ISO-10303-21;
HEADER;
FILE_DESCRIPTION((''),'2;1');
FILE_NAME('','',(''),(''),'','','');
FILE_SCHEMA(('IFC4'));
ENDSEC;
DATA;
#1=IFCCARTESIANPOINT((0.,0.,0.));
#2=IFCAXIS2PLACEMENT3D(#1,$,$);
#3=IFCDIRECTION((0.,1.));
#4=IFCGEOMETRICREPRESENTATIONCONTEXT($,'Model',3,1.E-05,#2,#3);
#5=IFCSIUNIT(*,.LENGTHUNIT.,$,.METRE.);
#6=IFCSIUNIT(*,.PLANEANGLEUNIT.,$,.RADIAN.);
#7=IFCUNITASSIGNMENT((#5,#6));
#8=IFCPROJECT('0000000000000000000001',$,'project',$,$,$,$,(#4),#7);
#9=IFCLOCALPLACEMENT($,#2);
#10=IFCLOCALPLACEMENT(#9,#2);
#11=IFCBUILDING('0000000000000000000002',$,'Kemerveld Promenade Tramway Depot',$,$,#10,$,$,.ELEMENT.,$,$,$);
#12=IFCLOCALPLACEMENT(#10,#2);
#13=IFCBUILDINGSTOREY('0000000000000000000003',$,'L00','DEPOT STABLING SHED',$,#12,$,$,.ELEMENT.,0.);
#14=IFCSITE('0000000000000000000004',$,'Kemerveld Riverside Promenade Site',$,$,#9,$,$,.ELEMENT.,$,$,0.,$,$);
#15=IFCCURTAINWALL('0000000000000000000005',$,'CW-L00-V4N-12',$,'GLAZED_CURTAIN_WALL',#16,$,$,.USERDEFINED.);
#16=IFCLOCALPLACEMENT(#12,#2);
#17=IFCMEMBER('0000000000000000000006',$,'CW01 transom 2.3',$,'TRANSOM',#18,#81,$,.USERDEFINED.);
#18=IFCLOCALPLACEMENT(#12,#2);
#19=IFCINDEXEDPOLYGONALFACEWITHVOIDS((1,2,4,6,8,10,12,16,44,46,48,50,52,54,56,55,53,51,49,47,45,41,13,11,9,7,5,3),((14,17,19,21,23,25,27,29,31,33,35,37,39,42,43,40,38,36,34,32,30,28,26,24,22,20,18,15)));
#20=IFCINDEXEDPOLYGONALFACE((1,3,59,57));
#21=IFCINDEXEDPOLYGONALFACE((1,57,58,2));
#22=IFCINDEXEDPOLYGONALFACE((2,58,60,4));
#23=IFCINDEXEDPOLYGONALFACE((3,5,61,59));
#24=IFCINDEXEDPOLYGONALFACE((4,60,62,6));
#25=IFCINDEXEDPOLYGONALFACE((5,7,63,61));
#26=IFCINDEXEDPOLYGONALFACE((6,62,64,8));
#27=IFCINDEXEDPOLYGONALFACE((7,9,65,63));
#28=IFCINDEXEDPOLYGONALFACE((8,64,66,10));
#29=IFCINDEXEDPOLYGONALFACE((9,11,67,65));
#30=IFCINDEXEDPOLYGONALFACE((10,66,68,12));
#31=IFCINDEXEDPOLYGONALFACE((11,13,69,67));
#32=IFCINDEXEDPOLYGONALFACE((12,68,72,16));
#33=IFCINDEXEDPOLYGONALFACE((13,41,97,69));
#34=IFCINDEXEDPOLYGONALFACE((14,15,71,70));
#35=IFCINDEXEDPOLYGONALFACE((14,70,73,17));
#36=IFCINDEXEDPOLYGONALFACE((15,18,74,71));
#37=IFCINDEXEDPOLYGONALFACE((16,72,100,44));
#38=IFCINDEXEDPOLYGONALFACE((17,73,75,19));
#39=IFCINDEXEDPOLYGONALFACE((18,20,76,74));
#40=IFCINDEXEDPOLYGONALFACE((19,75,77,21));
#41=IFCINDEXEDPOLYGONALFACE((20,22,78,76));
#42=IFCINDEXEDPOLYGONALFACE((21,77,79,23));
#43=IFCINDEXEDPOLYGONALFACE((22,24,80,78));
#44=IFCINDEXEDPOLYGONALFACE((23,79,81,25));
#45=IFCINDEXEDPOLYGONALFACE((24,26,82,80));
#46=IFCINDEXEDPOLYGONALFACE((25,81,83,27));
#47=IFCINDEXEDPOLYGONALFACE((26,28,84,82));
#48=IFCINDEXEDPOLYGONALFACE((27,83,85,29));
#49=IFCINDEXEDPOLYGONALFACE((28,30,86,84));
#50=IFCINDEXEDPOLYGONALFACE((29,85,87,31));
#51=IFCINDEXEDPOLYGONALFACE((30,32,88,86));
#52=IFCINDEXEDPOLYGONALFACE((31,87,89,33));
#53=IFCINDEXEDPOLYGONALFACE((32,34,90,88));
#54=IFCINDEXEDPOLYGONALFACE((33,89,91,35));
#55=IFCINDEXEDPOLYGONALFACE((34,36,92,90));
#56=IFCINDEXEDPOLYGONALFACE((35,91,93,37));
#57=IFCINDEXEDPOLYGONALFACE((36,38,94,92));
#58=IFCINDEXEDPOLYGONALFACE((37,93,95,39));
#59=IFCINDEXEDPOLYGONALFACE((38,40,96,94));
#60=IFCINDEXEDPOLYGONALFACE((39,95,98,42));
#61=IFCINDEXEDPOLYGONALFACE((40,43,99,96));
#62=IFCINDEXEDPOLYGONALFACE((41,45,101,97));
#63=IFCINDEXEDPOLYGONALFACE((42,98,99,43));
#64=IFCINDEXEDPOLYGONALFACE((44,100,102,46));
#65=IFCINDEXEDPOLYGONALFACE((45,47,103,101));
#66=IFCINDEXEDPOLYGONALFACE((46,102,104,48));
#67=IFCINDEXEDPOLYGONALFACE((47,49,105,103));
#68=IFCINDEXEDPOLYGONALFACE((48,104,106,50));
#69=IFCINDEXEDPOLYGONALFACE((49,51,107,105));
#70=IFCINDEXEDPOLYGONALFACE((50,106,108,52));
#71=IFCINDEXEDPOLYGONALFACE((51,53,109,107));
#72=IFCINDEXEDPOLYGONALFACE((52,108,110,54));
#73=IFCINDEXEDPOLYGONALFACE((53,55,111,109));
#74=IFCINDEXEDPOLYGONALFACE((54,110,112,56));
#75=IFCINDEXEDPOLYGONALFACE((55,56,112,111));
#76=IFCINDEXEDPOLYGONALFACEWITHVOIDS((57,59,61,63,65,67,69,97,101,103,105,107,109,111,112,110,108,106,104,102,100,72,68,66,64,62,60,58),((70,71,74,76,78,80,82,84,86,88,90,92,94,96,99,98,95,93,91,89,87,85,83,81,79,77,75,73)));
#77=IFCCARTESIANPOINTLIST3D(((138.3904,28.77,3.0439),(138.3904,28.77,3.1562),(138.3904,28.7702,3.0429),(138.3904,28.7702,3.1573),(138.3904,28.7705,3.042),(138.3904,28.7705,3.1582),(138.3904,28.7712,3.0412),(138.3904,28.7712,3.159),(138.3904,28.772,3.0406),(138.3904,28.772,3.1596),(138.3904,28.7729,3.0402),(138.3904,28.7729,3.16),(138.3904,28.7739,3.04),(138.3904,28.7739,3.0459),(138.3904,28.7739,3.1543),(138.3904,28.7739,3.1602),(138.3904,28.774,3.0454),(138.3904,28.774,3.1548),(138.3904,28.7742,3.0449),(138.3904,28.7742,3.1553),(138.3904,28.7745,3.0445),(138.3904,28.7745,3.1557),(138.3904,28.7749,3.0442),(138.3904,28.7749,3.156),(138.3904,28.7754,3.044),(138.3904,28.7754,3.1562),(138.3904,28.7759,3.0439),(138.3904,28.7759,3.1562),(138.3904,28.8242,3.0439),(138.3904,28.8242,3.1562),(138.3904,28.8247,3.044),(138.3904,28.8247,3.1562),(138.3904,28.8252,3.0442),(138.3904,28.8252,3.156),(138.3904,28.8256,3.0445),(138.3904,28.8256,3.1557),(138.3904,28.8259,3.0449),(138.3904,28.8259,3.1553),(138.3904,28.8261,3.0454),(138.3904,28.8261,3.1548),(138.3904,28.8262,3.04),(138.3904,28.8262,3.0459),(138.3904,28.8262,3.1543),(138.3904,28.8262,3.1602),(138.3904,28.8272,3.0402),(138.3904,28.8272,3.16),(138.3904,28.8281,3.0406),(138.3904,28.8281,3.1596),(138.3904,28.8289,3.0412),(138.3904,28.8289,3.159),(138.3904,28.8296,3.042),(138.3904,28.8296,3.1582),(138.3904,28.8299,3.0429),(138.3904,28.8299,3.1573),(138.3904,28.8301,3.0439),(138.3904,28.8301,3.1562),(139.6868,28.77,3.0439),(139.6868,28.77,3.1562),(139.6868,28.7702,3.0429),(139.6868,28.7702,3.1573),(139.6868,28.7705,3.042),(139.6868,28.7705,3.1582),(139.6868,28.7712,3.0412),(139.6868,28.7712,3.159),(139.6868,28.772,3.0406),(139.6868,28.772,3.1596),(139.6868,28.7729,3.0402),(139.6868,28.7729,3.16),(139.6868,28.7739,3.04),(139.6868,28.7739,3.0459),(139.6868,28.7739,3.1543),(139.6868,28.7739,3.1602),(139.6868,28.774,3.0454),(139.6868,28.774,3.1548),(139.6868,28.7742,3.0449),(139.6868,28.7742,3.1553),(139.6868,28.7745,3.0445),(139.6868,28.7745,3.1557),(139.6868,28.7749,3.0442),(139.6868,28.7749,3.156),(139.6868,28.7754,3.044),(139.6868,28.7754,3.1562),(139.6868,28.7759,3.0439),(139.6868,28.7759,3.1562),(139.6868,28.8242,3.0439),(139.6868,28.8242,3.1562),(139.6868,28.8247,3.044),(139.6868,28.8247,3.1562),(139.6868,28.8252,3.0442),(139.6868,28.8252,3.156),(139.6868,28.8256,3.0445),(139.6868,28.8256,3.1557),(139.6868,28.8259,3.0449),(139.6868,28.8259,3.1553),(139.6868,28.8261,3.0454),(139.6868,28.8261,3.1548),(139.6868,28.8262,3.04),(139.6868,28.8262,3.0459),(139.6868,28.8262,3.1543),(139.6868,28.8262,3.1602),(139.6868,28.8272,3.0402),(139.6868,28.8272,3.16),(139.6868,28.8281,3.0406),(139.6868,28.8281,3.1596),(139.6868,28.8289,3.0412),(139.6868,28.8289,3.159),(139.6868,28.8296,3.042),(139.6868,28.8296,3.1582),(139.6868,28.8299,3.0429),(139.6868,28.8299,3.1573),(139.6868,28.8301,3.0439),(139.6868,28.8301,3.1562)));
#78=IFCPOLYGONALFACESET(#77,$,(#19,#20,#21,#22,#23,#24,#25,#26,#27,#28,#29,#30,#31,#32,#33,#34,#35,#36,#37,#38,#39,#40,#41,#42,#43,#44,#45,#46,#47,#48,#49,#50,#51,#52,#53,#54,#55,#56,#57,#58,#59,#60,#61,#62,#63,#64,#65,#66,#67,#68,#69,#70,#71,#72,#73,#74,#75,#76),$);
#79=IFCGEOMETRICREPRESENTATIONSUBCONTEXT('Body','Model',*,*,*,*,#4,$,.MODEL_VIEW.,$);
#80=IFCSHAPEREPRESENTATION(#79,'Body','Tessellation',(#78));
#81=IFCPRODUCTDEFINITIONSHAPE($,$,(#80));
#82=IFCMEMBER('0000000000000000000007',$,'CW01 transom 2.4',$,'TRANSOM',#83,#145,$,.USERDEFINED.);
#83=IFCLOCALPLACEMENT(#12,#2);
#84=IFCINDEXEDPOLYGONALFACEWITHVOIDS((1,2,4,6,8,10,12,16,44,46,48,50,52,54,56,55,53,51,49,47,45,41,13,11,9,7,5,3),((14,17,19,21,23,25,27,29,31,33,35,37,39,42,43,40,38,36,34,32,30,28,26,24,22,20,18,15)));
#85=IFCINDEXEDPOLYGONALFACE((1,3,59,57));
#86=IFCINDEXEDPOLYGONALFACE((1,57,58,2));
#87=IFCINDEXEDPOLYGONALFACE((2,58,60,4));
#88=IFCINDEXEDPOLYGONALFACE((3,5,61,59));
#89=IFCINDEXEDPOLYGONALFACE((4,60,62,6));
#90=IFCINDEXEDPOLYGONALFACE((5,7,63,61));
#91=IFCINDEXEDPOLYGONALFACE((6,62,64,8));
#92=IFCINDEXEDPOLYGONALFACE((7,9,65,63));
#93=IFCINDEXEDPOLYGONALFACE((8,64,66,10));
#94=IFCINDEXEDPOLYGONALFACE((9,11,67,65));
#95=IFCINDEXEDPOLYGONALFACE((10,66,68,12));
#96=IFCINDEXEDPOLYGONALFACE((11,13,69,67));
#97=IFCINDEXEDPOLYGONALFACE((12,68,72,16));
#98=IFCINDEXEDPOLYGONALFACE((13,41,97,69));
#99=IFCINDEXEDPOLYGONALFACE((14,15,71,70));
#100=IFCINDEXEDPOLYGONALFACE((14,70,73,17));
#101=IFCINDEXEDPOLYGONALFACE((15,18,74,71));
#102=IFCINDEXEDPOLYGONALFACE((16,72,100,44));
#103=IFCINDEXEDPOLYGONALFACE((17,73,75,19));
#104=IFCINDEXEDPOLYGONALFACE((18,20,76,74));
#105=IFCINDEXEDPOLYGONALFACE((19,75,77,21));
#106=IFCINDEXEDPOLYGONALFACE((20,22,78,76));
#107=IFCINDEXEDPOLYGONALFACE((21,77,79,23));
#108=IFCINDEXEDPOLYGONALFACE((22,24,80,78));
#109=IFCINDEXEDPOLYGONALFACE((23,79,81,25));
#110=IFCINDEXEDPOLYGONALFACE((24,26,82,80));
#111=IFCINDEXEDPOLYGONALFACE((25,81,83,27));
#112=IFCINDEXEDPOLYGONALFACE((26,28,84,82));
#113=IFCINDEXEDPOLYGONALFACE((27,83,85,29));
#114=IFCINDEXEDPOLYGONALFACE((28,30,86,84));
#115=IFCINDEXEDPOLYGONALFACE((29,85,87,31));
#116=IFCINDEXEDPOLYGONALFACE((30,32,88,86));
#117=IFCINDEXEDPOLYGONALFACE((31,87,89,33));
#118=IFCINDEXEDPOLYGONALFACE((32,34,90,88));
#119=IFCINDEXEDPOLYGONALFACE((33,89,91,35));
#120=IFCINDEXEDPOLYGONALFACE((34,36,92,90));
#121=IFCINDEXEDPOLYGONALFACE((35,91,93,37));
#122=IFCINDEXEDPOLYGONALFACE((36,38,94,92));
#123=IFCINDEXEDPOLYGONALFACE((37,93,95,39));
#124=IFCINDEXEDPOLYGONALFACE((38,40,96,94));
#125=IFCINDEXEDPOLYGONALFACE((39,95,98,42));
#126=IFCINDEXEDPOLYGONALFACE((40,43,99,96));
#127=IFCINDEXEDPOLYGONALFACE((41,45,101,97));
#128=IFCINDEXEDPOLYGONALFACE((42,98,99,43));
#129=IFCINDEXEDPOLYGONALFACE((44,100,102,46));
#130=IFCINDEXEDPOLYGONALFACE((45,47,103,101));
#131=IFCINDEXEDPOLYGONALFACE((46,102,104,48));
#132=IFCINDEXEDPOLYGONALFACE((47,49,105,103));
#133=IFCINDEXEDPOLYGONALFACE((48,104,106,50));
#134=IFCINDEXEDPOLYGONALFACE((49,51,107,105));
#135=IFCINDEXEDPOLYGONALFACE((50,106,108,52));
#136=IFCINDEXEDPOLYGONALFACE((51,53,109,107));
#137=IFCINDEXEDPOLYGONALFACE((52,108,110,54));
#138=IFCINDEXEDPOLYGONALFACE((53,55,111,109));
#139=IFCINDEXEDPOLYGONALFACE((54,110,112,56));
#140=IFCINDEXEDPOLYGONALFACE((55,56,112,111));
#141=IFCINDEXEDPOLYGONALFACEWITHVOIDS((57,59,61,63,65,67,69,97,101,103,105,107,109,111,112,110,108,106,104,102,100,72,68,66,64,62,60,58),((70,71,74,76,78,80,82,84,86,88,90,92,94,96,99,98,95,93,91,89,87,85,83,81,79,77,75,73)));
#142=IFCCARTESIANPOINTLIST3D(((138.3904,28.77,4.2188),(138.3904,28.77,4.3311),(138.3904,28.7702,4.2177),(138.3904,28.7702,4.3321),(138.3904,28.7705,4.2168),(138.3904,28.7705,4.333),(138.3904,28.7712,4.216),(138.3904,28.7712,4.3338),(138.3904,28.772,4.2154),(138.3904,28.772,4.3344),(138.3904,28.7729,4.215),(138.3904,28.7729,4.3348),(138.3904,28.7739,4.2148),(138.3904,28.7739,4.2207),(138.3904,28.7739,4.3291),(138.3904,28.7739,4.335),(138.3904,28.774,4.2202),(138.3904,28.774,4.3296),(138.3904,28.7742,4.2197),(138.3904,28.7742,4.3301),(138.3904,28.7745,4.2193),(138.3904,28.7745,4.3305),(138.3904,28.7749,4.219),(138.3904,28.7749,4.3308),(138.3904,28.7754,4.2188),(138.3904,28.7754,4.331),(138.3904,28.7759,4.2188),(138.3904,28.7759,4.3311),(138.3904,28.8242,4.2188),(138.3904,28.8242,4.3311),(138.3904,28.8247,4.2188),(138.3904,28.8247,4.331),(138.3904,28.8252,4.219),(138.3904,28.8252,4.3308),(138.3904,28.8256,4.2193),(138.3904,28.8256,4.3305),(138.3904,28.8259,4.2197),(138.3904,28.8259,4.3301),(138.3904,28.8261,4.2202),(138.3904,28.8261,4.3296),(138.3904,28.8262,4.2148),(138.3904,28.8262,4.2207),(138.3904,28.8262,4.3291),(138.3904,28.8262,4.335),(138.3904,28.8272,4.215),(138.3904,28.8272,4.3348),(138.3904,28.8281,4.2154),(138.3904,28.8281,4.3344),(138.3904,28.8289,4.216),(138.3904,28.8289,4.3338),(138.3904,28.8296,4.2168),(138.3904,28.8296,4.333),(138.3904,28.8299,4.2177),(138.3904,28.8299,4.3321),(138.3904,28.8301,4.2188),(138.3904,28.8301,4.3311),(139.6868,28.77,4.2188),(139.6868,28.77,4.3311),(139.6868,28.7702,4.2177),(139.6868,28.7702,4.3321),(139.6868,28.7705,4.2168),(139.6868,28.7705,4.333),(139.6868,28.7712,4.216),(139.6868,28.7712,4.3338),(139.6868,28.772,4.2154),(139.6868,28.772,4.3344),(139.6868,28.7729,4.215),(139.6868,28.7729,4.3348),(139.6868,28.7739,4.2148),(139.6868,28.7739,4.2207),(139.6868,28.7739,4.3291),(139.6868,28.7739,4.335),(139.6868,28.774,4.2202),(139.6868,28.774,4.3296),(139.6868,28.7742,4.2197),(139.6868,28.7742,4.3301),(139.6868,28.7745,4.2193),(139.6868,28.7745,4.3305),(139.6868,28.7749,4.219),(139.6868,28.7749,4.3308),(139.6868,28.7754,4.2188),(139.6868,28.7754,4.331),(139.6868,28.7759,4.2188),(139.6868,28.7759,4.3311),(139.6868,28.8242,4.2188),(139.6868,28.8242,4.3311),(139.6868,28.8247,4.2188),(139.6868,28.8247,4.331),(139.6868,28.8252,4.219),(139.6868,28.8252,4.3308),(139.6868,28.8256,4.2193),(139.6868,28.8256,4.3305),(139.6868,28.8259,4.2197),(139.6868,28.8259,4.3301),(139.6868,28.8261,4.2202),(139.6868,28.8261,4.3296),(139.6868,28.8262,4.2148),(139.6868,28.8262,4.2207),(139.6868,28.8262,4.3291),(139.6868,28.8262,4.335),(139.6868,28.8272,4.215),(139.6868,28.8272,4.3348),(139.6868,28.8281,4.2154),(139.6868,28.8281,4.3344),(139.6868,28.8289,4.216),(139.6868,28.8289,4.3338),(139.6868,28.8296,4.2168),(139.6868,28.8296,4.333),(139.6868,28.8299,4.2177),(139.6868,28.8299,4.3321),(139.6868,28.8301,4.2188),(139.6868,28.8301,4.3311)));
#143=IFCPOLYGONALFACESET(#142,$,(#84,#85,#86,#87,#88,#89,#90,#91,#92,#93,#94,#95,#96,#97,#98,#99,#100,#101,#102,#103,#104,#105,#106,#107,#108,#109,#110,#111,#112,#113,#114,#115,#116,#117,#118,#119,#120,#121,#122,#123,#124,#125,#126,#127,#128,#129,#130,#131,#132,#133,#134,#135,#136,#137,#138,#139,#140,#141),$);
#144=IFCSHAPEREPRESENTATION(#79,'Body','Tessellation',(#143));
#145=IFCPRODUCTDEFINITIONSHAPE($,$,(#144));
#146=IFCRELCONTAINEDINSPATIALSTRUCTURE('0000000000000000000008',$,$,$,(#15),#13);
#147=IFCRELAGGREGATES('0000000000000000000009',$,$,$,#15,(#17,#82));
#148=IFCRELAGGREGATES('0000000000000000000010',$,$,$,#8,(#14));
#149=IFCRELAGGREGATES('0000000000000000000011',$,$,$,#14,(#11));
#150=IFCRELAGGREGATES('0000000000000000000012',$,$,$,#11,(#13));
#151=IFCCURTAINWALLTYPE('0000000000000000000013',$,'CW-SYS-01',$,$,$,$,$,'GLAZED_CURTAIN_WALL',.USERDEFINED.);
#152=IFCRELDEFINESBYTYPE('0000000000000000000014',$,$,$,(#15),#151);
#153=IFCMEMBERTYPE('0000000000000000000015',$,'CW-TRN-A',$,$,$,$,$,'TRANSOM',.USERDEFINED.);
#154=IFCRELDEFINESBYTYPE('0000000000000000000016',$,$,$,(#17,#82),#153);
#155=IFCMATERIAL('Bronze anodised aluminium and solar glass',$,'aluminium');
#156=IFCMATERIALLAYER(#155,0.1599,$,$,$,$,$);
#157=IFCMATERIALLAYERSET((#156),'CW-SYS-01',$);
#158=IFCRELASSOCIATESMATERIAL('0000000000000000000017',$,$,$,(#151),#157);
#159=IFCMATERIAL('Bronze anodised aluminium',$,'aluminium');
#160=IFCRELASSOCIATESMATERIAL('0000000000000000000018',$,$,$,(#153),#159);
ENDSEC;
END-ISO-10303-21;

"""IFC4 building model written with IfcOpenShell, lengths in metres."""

from ifc_helpers import new_model, si_unit, direction, frame, origin, origin_2d, place, context, subcontext, project, spatial, hollow_rectangle, extrude, material, layer, layer_set, material_profile, profile_set, type_object, element, aggregate, save


model = new_model("IFC4")

# Units and contexts
model_context = context("Model", 3, precision=1e-05, world=origin(), true_north=direction((0.0, 1.0)))
body_context = subcontext(model_context, "Body", "Model", "MODEL_VIEW")
ifc_project = project(units=[si_unit("LENGTHUNIT", "METRE"), si_unit("PLANEANGLEUNIT", "RADIAN")], contexts=[model_context])

# Site, building, storey
site_placement = place(None, origin())
site = spatial("IfcSite", under=ifc_project, at=site_placement, Name="Kemerveld Riverside Promenade Site", CompositionType="ELEMENT", RefElevation=0.0)
building_placement = place(site_placement, origin())
building = spatial("IfcBuilding", under=site, at=building_placement, Name="Kemerveld Promenade Tramway Depot", CompositionType="ELEMENT")
storey_placement = place(building_placement, origin())
storey = spatial("IfcBuildingStorey", under=building, at=storey_placement, Name="L00", Description="DEPOT STABLING SHED", CompositionType="ELEMENT", Elevation=0.0)

# Curtain wall, members
ifc_material_1 = material(Name="Bronze anodised aluminium and solar glass", Category="aluminium")
ifc_layer_1 = layer(ifc_material_1, 0.1599)
ifc_layer_set_1 = layer_set([ifc_layer_1], Name="CW-SYS-01")
curtain_wall_type = type_object("IfcCurtainWallType", Name="CW-SYS-01", ElementType="GLAZED_CURTAIN_WALL", PredefinedType="USERDEFINED", material=ifc_layer_set_1)
curtain_wall_placement = place(storey_placement, origin())
curtain_wall = element("IfcCurtainWall", 1, at=curtain_wall_placement, inside=storey, type_object=curtain_wall_type, Name="CW-L00-V4N-12", ObjectType="GLAZED_CURTAIN_WALL", PredefinedType="USERDEFINED")
ifc_material_2 = material(Name="Bronze anodised aluminium", Category="aluminium")
ifc_material_profile_1 = material_profile(ifc_material_2, hollow_rectangle(XDim=0.0601, YDim=0.1201, WallThickness=0.0039, InnerFilletRadius=0.002, OuterFilletRadius=0.0039, at=origin_2d()), Name="CW-TRN-120x60")
ifc_profile_set_1 = profile_set([ifc_material_profile_1], Name="Bronze anodised aluminium")
member_type_1 = type_object("IfcMemberType", Name="CW-TRN-A", ElementType="TRANSOM", PredefinedType="USERDEFINED", material=ifc_profile_set_1)
member_1_placement = place(storey_placement, frame((138.3904, 28.8, 3.1001), z_axis=(1.0, 0.0, 0.0), x_axis=(0.0, 1.0, 0.0)))
member_1 = element("IfcMember", 2, at=member_1_placement, type_object=member_type_1, Name="CW01 transom 2.3", ObjectType="TRANSOM", PredefinedType="USERDEFINED", context=body_context, shape_type="SweptSolid", body=[
    extrude(hollow_rectangle(XDim=0.0601, YDim=0.1201, WallThickness=0.0039, InnerFilletRadius=0.002, OuterFilletRadius=0.0039, at=origin_2d()), origin(), (0.0, 0.0, 1.0), 1.2964),
])
member_2_placement = place(storey_placement, frame((138.3904, 28.8, 4.2749), z_axis=(1.0, 0.0, 0.0), x_axis=(0.0, 1.0, 0.0)))
member_2 = element("IfcMember", 3, at=member_2_placement, type_object=member_type_1, Name="CW01 transom 2.4", ObjectType="TRANSOM", PredefinedType="USERDEFINED", context=body_context, shape_type="SweptSolid", body=[
    extrude(hollow_rectangle(XDim=0.0601, YDim=0.1201, WallThickness=0.0039, InnerFilletRadius=0.002, OuterFilletRadius=0.0039, at=origin_2d()), origin(), (0.0, 0.0, 1.0), 1.2964),
])
aggregate(curtain_wall, [member_1, member_2])

save(model, "model.ifc")
